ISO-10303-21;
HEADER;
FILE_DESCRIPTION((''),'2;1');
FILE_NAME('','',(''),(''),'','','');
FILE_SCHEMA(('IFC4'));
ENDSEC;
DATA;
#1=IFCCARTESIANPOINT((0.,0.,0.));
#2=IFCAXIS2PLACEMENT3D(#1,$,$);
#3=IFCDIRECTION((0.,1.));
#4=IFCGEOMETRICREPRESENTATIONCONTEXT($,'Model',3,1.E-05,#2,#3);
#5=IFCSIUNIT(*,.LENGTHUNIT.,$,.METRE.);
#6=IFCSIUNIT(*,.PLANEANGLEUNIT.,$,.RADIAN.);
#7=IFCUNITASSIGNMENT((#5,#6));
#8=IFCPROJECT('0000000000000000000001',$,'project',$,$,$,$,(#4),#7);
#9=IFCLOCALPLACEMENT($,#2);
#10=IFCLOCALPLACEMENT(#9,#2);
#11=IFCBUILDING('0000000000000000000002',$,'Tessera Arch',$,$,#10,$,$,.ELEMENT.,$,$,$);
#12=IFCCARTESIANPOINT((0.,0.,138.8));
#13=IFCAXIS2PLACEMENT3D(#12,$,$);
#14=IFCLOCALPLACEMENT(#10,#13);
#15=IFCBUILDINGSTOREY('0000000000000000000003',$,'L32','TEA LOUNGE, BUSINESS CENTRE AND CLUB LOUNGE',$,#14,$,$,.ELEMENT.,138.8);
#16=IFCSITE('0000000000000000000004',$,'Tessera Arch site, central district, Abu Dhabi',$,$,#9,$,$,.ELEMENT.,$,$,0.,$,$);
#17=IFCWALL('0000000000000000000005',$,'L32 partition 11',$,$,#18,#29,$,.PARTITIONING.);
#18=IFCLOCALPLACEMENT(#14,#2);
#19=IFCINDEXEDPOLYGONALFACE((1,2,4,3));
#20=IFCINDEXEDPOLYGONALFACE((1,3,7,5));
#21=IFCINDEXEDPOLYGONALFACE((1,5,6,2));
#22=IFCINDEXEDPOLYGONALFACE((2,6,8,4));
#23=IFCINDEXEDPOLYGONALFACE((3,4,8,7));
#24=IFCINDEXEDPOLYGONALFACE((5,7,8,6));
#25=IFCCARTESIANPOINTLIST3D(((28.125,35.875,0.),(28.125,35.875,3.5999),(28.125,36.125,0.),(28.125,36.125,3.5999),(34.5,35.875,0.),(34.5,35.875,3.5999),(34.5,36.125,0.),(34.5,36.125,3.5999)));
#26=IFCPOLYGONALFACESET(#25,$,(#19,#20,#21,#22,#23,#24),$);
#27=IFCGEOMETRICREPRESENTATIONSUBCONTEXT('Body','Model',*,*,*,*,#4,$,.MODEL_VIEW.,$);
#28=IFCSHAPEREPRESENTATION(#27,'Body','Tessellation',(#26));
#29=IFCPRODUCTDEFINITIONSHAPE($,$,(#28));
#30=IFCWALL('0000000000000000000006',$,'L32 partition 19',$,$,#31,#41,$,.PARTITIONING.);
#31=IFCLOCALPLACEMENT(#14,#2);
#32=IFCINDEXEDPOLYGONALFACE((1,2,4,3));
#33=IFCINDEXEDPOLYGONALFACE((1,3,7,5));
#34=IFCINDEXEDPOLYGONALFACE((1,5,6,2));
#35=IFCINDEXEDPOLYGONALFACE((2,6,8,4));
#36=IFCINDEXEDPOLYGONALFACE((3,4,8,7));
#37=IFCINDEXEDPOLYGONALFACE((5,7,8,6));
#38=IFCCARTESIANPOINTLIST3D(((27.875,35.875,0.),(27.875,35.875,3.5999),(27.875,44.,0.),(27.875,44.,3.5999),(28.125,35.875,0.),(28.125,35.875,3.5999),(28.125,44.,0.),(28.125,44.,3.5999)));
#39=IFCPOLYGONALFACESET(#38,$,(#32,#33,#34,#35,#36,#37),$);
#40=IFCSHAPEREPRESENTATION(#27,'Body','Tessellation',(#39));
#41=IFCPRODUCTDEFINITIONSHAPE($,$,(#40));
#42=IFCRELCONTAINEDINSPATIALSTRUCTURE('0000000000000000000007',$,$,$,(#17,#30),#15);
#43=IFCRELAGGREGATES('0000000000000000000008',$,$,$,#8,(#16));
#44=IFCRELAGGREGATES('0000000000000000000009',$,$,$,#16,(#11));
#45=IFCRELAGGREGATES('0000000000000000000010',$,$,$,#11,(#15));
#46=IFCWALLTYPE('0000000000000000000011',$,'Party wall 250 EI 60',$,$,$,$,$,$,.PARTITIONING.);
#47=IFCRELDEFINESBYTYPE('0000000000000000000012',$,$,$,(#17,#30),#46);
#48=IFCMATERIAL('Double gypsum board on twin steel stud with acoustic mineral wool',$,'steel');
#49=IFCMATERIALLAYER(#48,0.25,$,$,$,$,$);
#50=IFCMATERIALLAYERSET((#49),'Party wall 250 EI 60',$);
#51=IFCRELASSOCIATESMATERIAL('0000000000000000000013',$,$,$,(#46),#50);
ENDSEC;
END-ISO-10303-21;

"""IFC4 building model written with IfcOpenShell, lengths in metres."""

from ifc_helpers import new_model, si_unit, direction, frame, frame_2d, origin, place, context, subcontext, project, spatial, rectangle, extrude, material, layer, layer_set, type_object, element, save


model = new_model("IFC4")

# Units and contexts
model_context = context("Model", 3, precision=1e-05, world=origin(), true_north=direction((0.0, 1.0)))
body_context = subcontext(model_context, "Body", "Model", "MODEL_VIEW")
ifc_project = project(units=[si_unit("LENGTHUNIT", "METRE"), si_unit("PLANEANGLEUNIT", "RADIAN")], contexts=[model_context])

# Site, building, storey
site_placement = place(None, origin())
site = spatial("IfcSite", under=ifc_project, at=site_placement, Name="Tessera Arch site, central district, Abu Dhabi", CompositionType="ELEMENT", RefElevation=0.0)
building_placement = place(site_placement, origin())
building = spatial("IfcBuilding", under=site, at=building_placement, Name="Tessera Arch", CompositionType="ELEMENT")
storey_placement = place(building_placement, frame((0.0, 0.0, 138.8)))
storey = spatial("IfcBuildingStorey", under=building, at=storey_placement, Name="L32", Description="TEA LOUNGE, BUSINESS CENTRE AND CLUB LOUNGE", CompositionType="ELEMENT", Elevation=138.8)

# Walls
ifc_material_1 = material(Name="Double gypsum board on twin steel stud with acoustic mineral wool", Category="steel")
ifc_layer_1 = layer(ifc_material_1, 0.25)
ifc_layer_set_1 = layer_set([ifc_layer_1], Name="Party wall 250 EI 60")
wall_type_1 = type_object("IfcWallType", Name="Party wall 250 EI 60", PredefinedType="PARTITIONING", material=ifc_layer_set_1)
wall_1_placement = place(storey_placement, frame((28.125, 36.0, 0.0), z_axis=(0.0, 0.0, 1.0), x_axis=(1.0, 0.0, 0.0)))
element("IfcWall", 1, at=wall_1_placement, inside=storey, type_object=wall_type_1, Name="L32 partition 11", PredefinedType="PARTITIONING", context=body_context, shape_type="SweptSolid", body=[
    extrude(rectangle(XDim=6.375, YDim=0.25, at=frame_2d((3.1875, 0.0))), origin(), (0.0, 0.0, 1.0), 3.5999),
])
wall_2_placement = place(storey_placement, frame((28.0, 35.875, 0.0), z_axis=(0.0, 0.0, 1.0), x_axis=(0.0, 1.0, 0.0)))
element("IfcWall", 2, at=wall_2_placement, inside=storey, type_object=wall_type_1, Name="L32 partition 19", PredefinedType="PARTITIONING", context=body_context, shape_type="SweptSolid", body=[
    extrude(rectangle(XDim=8.125, YDim=0.25, at=frame_2d((4.0625, 0.0))), origin(), (0.0, 0.0, 1.0), 3.5999),
])

save(model, "model.ifc")
